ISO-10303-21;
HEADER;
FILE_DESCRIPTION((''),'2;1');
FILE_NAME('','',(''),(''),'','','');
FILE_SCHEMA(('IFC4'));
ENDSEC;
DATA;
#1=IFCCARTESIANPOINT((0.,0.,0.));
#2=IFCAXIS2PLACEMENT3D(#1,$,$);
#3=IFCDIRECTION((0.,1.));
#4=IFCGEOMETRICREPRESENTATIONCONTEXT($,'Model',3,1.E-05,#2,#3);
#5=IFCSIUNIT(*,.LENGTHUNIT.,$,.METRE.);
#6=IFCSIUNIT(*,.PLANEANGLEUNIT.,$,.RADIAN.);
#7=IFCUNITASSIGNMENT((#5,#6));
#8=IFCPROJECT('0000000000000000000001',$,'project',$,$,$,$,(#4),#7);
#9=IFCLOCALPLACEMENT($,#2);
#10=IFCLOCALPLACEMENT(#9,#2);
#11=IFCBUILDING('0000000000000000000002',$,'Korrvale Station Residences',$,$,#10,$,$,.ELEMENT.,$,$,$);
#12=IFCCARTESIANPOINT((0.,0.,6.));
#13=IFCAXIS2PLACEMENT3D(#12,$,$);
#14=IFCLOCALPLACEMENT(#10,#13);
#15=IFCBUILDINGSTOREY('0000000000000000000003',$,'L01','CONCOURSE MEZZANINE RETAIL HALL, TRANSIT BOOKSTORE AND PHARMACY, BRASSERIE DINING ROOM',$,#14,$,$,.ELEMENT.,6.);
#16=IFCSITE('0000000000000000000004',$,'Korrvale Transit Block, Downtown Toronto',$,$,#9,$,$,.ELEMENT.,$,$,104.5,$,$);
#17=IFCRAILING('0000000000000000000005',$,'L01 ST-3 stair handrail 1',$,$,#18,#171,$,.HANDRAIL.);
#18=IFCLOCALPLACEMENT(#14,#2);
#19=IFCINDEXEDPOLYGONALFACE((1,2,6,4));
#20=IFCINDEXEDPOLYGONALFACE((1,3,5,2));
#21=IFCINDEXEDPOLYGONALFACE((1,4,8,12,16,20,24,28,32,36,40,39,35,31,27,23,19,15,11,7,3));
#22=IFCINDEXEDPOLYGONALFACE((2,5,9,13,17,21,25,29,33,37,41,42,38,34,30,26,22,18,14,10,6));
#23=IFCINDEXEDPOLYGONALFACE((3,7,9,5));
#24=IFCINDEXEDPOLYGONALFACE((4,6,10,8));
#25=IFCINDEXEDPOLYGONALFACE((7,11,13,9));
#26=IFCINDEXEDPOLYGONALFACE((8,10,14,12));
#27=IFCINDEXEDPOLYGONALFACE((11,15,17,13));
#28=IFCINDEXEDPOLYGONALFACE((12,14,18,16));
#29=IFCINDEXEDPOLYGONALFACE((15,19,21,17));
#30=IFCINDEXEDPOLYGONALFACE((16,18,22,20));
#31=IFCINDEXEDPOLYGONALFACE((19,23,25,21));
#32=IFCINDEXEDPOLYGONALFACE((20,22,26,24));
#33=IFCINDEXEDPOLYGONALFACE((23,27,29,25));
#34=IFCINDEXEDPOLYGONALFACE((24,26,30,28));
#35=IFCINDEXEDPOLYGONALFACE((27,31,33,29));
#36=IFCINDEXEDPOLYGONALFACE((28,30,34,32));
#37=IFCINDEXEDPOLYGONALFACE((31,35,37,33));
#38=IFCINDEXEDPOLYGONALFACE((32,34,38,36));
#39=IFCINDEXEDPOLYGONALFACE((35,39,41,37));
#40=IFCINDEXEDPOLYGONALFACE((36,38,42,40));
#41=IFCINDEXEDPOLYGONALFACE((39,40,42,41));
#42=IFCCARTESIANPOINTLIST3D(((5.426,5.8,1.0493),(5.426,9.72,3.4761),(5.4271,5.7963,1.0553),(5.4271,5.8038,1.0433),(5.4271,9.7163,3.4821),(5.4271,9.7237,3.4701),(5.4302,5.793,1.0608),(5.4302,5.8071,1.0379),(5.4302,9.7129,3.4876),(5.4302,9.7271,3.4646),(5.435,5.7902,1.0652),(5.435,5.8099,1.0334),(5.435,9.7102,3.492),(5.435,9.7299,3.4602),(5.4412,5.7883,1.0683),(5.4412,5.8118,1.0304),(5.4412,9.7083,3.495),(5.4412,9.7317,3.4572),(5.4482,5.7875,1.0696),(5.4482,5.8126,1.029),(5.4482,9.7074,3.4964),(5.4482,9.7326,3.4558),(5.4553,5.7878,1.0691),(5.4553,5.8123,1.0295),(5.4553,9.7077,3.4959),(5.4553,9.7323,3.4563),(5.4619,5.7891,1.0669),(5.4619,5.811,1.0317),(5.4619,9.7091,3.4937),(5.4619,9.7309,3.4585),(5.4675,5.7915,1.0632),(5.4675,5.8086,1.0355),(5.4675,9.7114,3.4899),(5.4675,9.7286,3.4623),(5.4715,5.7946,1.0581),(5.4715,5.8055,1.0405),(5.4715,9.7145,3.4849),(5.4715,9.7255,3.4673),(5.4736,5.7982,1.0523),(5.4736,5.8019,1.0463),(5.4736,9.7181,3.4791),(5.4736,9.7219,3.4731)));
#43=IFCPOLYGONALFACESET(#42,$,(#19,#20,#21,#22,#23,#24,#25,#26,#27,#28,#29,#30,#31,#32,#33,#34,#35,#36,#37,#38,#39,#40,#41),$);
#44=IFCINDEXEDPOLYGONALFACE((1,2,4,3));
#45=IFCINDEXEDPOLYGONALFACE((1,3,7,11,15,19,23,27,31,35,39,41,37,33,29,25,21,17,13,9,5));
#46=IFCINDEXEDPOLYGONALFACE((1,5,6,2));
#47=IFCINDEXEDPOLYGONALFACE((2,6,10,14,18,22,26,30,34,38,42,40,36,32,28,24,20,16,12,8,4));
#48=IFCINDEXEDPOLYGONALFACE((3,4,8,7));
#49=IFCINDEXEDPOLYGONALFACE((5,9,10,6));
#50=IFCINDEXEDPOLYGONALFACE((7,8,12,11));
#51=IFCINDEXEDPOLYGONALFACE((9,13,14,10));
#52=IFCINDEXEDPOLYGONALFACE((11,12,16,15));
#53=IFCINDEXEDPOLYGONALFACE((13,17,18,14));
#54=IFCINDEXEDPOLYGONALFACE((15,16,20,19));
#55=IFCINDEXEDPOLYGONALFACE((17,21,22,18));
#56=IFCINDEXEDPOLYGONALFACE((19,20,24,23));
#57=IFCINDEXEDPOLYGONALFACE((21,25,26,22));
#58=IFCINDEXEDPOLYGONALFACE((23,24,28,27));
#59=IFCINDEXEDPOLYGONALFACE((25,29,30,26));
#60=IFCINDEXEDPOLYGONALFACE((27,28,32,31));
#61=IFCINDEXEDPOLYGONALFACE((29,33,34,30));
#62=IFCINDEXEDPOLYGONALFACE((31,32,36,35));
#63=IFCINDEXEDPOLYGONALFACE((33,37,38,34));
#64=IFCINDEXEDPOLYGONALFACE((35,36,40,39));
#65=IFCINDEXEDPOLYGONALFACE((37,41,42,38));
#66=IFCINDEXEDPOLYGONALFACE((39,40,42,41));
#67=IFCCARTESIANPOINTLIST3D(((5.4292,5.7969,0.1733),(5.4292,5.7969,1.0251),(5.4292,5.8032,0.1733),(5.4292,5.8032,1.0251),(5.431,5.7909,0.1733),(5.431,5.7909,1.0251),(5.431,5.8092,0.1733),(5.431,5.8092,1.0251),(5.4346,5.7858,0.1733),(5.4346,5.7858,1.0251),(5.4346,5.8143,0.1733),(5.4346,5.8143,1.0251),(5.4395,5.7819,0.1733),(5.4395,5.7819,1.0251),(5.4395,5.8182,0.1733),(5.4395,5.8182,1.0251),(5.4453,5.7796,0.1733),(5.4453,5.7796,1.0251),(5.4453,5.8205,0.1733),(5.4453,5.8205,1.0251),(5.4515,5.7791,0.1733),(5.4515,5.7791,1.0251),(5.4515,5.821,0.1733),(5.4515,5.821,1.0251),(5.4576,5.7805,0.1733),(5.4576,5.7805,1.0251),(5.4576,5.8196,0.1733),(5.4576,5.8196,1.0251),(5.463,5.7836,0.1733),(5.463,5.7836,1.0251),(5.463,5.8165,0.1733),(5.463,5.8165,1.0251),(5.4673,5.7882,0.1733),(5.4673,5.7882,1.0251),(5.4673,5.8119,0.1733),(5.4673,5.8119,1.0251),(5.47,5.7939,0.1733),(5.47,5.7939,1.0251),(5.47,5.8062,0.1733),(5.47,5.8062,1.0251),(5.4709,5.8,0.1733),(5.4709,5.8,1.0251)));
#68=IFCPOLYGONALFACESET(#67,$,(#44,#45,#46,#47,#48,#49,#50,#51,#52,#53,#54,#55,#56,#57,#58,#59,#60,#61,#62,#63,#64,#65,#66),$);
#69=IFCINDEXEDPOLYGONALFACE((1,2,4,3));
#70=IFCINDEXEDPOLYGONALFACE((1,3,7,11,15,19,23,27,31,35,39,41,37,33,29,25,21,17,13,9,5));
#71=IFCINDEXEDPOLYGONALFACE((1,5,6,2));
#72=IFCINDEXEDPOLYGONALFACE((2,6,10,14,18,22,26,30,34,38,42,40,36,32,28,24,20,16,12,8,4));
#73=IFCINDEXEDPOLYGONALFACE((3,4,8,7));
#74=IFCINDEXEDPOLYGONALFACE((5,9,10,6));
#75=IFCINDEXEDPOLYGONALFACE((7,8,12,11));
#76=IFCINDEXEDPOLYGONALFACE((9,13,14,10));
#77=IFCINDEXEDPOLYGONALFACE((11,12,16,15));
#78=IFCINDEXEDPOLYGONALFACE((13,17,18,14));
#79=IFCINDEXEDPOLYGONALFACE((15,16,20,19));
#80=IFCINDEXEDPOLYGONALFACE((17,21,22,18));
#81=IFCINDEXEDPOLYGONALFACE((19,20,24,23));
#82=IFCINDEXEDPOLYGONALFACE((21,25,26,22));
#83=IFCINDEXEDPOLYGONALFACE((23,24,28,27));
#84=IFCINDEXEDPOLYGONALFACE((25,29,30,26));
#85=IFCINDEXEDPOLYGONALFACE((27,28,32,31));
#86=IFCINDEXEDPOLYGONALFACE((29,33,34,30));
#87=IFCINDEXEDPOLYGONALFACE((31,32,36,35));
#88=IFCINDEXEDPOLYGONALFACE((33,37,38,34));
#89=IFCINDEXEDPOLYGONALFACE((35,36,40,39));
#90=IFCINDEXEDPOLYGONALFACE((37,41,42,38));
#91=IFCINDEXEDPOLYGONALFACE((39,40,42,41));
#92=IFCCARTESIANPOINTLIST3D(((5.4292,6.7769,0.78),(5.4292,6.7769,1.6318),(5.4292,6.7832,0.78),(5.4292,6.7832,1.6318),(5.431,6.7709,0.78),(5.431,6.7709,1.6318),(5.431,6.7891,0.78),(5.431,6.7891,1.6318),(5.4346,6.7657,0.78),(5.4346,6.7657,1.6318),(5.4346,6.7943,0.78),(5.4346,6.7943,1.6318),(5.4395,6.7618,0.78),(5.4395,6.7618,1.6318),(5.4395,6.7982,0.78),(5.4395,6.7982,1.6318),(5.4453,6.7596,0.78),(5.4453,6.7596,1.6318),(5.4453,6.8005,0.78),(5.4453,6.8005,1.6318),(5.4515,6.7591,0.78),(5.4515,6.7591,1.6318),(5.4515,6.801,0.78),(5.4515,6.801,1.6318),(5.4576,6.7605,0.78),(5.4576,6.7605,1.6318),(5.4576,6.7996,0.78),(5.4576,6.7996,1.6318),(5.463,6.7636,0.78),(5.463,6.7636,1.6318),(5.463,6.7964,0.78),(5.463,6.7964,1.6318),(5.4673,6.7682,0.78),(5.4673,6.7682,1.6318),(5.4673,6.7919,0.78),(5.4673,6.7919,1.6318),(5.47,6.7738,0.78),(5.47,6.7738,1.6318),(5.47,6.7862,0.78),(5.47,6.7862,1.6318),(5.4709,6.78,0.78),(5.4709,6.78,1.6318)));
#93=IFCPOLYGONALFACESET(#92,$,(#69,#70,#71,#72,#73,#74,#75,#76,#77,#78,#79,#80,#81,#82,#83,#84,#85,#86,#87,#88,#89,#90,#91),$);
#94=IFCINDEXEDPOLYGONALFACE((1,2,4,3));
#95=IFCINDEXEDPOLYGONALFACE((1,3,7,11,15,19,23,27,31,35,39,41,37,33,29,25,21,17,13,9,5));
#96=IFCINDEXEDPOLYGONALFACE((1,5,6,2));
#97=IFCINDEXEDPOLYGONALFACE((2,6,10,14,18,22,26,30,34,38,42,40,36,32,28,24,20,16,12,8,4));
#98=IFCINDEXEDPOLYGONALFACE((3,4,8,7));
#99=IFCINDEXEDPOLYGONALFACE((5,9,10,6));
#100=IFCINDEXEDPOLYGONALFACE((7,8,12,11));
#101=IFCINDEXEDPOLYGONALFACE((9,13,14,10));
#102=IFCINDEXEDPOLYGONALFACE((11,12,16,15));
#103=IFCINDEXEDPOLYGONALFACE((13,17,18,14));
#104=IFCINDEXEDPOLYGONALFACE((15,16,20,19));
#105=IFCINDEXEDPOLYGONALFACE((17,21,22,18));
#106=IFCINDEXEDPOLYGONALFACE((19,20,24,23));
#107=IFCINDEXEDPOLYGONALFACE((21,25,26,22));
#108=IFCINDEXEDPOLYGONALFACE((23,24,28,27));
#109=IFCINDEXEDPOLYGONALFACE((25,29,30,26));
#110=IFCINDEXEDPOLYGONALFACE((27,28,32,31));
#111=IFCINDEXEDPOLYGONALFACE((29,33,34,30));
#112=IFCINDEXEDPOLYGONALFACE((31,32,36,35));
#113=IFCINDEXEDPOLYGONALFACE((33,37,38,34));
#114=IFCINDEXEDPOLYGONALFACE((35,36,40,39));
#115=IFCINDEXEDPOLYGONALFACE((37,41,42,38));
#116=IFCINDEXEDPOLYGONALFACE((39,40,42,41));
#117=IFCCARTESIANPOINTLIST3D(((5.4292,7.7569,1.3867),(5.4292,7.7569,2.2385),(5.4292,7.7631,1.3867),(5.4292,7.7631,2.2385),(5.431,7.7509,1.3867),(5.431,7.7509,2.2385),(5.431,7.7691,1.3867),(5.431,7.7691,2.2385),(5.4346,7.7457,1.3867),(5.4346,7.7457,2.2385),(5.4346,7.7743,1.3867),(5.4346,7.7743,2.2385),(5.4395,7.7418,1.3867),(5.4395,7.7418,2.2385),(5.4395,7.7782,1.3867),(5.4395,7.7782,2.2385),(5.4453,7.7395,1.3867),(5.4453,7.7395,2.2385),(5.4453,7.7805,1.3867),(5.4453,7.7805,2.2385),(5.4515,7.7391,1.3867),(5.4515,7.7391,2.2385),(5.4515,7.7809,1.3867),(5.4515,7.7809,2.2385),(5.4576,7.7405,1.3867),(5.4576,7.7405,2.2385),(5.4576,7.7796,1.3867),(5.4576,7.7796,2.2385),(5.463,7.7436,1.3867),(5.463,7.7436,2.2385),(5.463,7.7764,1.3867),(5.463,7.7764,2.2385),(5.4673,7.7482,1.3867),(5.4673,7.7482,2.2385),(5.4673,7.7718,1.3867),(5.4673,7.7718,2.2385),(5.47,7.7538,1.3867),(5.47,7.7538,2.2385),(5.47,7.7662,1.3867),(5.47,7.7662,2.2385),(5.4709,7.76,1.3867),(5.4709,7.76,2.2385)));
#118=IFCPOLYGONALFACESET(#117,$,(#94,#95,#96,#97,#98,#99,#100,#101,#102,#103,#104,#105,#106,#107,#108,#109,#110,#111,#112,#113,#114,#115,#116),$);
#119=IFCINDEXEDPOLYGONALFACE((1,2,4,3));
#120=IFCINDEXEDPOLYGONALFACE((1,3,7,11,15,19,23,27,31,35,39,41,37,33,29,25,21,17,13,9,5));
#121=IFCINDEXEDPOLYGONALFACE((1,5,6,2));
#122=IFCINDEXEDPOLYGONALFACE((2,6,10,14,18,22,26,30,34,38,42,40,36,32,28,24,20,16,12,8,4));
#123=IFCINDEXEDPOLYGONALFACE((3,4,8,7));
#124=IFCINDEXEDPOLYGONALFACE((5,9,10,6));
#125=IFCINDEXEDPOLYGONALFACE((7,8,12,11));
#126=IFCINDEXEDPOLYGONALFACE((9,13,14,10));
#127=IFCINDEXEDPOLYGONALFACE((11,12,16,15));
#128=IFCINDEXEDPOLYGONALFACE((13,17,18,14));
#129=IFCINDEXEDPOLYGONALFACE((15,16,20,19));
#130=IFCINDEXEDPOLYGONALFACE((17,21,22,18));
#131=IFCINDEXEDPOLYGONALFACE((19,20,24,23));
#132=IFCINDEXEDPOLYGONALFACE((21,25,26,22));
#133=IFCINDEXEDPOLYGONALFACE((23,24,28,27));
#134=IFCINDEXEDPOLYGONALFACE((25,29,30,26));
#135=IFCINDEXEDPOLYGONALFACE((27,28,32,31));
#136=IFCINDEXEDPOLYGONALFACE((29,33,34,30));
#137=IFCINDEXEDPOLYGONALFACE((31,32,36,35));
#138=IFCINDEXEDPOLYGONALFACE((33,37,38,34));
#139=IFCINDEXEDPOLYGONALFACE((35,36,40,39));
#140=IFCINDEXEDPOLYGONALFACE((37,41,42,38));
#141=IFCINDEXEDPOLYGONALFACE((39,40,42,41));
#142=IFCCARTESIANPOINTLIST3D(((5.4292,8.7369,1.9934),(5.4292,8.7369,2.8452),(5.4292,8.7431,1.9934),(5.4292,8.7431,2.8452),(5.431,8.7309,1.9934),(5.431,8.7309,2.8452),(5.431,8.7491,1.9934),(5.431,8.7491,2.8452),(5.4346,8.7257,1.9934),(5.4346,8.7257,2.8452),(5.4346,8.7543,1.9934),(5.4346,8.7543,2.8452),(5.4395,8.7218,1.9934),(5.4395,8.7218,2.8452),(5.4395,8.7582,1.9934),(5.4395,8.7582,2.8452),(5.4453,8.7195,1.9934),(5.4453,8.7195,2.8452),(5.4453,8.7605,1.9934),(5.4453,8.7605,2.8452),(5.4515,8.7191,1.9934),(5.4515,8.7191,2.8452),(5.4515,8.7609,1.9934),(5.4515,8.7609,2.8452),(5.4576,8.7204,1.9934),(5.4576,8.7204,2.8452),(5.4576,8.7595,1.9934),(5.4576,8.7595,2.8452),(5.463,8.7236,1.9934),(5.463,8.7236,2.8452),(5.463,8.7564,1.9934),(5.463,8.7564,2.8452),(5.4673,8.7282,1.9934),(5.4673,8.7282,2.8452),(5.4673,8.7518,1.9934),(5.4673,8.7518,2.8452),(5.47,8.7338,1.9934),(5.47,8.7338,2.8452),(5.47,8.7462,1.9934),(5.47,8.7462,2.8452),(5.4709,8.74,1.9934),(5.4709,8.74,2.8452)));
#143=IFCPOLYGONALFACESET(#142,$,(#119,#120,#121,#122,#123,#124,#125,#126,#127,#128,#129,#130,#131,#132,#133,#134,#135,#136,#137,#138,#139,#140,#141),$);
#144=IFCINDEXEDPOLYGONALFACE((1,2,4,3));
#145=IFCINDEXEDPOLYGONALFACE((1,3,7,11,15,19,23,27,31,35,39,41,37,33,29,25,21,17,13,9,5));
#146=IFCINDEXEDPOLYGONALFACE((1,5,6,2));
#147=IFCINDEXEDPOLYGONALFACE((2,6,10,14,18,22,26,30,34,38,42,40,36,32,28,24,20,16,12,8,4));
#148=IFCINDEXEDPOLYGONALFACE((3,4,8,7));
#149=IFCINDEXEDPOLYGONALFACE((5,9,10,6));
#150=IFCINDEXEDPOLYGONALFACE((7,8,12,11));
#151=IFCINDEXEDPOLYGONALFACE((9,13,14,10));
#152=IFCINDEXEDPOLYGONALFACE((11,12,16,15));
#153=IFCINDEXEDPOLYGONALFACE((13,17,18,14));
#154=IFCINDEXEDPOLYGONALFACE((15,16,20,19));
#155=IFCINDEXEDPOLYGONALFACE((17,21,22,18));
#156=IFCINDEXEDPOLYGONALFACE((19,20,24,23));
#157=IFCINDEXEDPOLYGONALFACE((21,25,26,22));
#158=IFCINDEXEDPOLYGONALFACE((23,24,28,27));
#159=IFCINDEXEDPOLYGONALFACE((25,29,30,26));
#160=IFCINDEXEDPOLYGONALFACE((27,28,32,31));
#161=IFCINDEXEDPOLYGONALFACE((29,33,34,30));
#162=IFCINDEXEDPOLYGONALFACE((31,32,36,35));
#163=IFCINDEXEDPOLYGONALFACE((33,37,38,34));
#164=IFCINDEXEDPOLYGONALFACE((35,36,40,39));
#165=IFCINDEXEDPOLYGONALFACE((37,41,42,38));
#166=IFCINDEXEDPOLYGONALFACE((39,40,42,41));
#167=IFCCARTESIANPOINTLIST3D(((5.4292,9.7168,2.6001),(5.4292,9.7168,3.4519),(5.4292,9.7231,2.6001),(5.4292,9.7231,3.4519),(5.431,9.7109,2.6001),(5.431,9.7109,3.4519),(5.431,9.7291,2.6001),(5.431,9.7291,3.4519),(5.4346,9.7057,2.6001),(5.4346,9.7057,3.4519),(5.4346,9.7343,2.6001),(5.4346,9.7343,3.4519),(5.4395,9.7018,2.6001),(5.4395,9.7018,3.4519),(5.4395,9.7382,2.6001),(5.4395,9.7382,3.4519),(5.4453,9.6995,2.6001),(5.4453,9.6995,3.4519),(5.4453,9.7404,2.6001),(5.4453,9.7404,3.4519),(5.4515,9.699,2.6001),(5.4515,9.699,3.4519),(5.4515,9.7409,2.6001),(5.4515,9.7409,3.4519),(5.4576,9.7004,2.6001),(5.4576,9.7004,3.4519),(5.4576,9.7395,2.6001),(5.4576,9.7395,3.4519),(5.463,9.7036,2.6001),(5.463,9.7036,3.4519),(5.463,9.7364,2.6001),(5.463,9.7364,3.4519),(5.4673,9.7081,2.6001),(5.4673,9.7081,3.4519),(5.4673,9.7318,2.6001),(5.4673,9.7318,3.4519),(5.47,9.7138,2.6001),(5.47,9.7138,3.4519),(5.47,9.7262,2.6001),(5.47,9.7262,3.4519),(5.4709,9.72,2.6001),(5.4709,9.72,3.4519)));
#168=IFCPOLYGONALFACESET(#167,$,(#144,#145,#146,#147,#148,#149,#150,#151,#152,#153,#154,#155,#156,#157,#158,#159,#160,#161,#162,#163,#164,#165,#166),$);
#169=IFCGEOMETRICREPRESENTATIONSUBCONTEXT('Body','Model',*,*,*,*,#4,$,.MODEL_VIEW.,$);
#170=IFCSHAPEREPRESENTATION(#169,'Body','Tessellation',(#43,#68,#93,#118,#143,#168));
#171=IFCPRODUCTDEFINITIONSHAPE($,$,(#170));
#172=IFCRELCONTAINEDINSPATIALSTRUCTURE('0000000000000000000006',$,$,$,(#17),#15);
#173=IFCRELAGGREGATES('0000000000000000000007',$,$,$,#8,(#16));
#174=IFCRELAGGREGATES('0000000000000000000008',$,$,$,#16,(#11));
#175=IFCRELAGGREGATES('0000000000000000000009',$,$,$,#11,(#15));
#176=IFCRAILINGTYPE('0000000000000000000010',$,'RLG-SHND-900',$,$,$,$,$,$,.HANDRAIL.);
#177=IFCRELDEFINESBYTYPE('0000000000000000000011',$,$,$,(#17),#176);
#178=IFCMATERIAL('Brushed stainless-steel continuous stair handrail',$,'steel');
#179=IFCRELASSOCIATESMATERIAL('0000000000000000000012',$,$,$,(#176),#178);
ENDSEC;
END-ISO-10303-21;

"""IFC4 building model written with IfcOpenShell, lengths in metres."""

from ifc_helpers import new_model, si_unit, direction, frame, origin, origin_2d, place, context, subcontext, project, spatial, circle, extrude, material, type_object, element, save


model = new_model("IFC4")

# Units and contexts
model_context = context("Model", 3, precision=1e-05, world=origin(), true_north=direction((0.0, 1.0)))
body_context = subcontext(model_context, "Body", "Model", "MODEL_VIEW")
ifc_project = project(units=[si_unit("LENGTHUNIT", "METRE"), si_unit("PLANEANGLEUNIT", "RADIAN")], contexts=[model_context])

# Site, building, storey
site_placement = place(None, origin())
site = spatial("IfcSite", under=ifc_project, at=site_placement, Name="Korrvale Transit Block, Downtown Toronto", CompositionType="ELEMENT", RefElevation=104.5)
building_placement = place(site_placement, origin())
building = spatial("IfcBuilding", under=site, at=building_placement, Name="Korrvale Station Residences", CompositionType="ELEMENT")
storey_placement = place(building_placement, frame((0.0, 0.0, 6.0)))
storey = spatial("IfcBuildingStorey", under=building, at=storey_placement, Name="L01", Description="CONCOURSE MEZZANINE RETAIL HALL, TRANSIT BOOKSTORE AND PHARMACY, BRASSERIE DINING ROOM", CompositionType="ELEMENT", Elevation=6.0)

# Railing
ifc_material_1 = material(Name="Brushed stainless-steel continuous stair handrail", Category="steel")
railing_type_1 = type_object("IfcRailingType", Name="RLG-SHND-900", PredefinedType="HANDRAIL", material=ifc_material_1)
railing_1_placement = place(storey_placement, frame((5.45, 5.8, 0.1733)))
element("IfcRailing", 1, at=railing_1_placement, inside=storey, type_object=railing_type_1, Name="L01 ST-3 stair handrail 1", PredefinedType="HANDRAIL", context=body_context, shape_type="SweptSolid", body=[
    extrude(circle(Radius=0.0239, at=origin_2d()), frame((0.0, 0.0, 0.876), z_axis=(0.0, 0.850252, 0.526376), x_axis=(-1.0, 0.0, 0.0)), (0.0, 0.0, 1.0), 4.6104),
    extrude(circle(Radius=0.021, at=origin_2d()), origin(), (0.0, 0.0, 1.0), 0.8518),
    extrude(circle(Radius=0.021, at=origin_2d()), frame((0.0, 0.98, 0.6067)), (0.0, 0.0, 1.0), 0.8518),
    extrude(circle(Radius=0.021, at=origin_2d()), frame((0.0, 1.96, 1.2134)), (0.0, 0.0, 1.0), 0.8518),
    extrude(circle(Radius=0.021, at=origin_2d()), frame((0.0, 2.9399, 1.8201)), (0.0, 0.0, 1.0), 0.8518),
    extrude(circle(Radius=0.021, at=origin_2d()), frame((0.0, 3.9199, 2.4268)), (0.0, 0.0, 1.0), 0.8518),
])

save(model, "model.ifc")
